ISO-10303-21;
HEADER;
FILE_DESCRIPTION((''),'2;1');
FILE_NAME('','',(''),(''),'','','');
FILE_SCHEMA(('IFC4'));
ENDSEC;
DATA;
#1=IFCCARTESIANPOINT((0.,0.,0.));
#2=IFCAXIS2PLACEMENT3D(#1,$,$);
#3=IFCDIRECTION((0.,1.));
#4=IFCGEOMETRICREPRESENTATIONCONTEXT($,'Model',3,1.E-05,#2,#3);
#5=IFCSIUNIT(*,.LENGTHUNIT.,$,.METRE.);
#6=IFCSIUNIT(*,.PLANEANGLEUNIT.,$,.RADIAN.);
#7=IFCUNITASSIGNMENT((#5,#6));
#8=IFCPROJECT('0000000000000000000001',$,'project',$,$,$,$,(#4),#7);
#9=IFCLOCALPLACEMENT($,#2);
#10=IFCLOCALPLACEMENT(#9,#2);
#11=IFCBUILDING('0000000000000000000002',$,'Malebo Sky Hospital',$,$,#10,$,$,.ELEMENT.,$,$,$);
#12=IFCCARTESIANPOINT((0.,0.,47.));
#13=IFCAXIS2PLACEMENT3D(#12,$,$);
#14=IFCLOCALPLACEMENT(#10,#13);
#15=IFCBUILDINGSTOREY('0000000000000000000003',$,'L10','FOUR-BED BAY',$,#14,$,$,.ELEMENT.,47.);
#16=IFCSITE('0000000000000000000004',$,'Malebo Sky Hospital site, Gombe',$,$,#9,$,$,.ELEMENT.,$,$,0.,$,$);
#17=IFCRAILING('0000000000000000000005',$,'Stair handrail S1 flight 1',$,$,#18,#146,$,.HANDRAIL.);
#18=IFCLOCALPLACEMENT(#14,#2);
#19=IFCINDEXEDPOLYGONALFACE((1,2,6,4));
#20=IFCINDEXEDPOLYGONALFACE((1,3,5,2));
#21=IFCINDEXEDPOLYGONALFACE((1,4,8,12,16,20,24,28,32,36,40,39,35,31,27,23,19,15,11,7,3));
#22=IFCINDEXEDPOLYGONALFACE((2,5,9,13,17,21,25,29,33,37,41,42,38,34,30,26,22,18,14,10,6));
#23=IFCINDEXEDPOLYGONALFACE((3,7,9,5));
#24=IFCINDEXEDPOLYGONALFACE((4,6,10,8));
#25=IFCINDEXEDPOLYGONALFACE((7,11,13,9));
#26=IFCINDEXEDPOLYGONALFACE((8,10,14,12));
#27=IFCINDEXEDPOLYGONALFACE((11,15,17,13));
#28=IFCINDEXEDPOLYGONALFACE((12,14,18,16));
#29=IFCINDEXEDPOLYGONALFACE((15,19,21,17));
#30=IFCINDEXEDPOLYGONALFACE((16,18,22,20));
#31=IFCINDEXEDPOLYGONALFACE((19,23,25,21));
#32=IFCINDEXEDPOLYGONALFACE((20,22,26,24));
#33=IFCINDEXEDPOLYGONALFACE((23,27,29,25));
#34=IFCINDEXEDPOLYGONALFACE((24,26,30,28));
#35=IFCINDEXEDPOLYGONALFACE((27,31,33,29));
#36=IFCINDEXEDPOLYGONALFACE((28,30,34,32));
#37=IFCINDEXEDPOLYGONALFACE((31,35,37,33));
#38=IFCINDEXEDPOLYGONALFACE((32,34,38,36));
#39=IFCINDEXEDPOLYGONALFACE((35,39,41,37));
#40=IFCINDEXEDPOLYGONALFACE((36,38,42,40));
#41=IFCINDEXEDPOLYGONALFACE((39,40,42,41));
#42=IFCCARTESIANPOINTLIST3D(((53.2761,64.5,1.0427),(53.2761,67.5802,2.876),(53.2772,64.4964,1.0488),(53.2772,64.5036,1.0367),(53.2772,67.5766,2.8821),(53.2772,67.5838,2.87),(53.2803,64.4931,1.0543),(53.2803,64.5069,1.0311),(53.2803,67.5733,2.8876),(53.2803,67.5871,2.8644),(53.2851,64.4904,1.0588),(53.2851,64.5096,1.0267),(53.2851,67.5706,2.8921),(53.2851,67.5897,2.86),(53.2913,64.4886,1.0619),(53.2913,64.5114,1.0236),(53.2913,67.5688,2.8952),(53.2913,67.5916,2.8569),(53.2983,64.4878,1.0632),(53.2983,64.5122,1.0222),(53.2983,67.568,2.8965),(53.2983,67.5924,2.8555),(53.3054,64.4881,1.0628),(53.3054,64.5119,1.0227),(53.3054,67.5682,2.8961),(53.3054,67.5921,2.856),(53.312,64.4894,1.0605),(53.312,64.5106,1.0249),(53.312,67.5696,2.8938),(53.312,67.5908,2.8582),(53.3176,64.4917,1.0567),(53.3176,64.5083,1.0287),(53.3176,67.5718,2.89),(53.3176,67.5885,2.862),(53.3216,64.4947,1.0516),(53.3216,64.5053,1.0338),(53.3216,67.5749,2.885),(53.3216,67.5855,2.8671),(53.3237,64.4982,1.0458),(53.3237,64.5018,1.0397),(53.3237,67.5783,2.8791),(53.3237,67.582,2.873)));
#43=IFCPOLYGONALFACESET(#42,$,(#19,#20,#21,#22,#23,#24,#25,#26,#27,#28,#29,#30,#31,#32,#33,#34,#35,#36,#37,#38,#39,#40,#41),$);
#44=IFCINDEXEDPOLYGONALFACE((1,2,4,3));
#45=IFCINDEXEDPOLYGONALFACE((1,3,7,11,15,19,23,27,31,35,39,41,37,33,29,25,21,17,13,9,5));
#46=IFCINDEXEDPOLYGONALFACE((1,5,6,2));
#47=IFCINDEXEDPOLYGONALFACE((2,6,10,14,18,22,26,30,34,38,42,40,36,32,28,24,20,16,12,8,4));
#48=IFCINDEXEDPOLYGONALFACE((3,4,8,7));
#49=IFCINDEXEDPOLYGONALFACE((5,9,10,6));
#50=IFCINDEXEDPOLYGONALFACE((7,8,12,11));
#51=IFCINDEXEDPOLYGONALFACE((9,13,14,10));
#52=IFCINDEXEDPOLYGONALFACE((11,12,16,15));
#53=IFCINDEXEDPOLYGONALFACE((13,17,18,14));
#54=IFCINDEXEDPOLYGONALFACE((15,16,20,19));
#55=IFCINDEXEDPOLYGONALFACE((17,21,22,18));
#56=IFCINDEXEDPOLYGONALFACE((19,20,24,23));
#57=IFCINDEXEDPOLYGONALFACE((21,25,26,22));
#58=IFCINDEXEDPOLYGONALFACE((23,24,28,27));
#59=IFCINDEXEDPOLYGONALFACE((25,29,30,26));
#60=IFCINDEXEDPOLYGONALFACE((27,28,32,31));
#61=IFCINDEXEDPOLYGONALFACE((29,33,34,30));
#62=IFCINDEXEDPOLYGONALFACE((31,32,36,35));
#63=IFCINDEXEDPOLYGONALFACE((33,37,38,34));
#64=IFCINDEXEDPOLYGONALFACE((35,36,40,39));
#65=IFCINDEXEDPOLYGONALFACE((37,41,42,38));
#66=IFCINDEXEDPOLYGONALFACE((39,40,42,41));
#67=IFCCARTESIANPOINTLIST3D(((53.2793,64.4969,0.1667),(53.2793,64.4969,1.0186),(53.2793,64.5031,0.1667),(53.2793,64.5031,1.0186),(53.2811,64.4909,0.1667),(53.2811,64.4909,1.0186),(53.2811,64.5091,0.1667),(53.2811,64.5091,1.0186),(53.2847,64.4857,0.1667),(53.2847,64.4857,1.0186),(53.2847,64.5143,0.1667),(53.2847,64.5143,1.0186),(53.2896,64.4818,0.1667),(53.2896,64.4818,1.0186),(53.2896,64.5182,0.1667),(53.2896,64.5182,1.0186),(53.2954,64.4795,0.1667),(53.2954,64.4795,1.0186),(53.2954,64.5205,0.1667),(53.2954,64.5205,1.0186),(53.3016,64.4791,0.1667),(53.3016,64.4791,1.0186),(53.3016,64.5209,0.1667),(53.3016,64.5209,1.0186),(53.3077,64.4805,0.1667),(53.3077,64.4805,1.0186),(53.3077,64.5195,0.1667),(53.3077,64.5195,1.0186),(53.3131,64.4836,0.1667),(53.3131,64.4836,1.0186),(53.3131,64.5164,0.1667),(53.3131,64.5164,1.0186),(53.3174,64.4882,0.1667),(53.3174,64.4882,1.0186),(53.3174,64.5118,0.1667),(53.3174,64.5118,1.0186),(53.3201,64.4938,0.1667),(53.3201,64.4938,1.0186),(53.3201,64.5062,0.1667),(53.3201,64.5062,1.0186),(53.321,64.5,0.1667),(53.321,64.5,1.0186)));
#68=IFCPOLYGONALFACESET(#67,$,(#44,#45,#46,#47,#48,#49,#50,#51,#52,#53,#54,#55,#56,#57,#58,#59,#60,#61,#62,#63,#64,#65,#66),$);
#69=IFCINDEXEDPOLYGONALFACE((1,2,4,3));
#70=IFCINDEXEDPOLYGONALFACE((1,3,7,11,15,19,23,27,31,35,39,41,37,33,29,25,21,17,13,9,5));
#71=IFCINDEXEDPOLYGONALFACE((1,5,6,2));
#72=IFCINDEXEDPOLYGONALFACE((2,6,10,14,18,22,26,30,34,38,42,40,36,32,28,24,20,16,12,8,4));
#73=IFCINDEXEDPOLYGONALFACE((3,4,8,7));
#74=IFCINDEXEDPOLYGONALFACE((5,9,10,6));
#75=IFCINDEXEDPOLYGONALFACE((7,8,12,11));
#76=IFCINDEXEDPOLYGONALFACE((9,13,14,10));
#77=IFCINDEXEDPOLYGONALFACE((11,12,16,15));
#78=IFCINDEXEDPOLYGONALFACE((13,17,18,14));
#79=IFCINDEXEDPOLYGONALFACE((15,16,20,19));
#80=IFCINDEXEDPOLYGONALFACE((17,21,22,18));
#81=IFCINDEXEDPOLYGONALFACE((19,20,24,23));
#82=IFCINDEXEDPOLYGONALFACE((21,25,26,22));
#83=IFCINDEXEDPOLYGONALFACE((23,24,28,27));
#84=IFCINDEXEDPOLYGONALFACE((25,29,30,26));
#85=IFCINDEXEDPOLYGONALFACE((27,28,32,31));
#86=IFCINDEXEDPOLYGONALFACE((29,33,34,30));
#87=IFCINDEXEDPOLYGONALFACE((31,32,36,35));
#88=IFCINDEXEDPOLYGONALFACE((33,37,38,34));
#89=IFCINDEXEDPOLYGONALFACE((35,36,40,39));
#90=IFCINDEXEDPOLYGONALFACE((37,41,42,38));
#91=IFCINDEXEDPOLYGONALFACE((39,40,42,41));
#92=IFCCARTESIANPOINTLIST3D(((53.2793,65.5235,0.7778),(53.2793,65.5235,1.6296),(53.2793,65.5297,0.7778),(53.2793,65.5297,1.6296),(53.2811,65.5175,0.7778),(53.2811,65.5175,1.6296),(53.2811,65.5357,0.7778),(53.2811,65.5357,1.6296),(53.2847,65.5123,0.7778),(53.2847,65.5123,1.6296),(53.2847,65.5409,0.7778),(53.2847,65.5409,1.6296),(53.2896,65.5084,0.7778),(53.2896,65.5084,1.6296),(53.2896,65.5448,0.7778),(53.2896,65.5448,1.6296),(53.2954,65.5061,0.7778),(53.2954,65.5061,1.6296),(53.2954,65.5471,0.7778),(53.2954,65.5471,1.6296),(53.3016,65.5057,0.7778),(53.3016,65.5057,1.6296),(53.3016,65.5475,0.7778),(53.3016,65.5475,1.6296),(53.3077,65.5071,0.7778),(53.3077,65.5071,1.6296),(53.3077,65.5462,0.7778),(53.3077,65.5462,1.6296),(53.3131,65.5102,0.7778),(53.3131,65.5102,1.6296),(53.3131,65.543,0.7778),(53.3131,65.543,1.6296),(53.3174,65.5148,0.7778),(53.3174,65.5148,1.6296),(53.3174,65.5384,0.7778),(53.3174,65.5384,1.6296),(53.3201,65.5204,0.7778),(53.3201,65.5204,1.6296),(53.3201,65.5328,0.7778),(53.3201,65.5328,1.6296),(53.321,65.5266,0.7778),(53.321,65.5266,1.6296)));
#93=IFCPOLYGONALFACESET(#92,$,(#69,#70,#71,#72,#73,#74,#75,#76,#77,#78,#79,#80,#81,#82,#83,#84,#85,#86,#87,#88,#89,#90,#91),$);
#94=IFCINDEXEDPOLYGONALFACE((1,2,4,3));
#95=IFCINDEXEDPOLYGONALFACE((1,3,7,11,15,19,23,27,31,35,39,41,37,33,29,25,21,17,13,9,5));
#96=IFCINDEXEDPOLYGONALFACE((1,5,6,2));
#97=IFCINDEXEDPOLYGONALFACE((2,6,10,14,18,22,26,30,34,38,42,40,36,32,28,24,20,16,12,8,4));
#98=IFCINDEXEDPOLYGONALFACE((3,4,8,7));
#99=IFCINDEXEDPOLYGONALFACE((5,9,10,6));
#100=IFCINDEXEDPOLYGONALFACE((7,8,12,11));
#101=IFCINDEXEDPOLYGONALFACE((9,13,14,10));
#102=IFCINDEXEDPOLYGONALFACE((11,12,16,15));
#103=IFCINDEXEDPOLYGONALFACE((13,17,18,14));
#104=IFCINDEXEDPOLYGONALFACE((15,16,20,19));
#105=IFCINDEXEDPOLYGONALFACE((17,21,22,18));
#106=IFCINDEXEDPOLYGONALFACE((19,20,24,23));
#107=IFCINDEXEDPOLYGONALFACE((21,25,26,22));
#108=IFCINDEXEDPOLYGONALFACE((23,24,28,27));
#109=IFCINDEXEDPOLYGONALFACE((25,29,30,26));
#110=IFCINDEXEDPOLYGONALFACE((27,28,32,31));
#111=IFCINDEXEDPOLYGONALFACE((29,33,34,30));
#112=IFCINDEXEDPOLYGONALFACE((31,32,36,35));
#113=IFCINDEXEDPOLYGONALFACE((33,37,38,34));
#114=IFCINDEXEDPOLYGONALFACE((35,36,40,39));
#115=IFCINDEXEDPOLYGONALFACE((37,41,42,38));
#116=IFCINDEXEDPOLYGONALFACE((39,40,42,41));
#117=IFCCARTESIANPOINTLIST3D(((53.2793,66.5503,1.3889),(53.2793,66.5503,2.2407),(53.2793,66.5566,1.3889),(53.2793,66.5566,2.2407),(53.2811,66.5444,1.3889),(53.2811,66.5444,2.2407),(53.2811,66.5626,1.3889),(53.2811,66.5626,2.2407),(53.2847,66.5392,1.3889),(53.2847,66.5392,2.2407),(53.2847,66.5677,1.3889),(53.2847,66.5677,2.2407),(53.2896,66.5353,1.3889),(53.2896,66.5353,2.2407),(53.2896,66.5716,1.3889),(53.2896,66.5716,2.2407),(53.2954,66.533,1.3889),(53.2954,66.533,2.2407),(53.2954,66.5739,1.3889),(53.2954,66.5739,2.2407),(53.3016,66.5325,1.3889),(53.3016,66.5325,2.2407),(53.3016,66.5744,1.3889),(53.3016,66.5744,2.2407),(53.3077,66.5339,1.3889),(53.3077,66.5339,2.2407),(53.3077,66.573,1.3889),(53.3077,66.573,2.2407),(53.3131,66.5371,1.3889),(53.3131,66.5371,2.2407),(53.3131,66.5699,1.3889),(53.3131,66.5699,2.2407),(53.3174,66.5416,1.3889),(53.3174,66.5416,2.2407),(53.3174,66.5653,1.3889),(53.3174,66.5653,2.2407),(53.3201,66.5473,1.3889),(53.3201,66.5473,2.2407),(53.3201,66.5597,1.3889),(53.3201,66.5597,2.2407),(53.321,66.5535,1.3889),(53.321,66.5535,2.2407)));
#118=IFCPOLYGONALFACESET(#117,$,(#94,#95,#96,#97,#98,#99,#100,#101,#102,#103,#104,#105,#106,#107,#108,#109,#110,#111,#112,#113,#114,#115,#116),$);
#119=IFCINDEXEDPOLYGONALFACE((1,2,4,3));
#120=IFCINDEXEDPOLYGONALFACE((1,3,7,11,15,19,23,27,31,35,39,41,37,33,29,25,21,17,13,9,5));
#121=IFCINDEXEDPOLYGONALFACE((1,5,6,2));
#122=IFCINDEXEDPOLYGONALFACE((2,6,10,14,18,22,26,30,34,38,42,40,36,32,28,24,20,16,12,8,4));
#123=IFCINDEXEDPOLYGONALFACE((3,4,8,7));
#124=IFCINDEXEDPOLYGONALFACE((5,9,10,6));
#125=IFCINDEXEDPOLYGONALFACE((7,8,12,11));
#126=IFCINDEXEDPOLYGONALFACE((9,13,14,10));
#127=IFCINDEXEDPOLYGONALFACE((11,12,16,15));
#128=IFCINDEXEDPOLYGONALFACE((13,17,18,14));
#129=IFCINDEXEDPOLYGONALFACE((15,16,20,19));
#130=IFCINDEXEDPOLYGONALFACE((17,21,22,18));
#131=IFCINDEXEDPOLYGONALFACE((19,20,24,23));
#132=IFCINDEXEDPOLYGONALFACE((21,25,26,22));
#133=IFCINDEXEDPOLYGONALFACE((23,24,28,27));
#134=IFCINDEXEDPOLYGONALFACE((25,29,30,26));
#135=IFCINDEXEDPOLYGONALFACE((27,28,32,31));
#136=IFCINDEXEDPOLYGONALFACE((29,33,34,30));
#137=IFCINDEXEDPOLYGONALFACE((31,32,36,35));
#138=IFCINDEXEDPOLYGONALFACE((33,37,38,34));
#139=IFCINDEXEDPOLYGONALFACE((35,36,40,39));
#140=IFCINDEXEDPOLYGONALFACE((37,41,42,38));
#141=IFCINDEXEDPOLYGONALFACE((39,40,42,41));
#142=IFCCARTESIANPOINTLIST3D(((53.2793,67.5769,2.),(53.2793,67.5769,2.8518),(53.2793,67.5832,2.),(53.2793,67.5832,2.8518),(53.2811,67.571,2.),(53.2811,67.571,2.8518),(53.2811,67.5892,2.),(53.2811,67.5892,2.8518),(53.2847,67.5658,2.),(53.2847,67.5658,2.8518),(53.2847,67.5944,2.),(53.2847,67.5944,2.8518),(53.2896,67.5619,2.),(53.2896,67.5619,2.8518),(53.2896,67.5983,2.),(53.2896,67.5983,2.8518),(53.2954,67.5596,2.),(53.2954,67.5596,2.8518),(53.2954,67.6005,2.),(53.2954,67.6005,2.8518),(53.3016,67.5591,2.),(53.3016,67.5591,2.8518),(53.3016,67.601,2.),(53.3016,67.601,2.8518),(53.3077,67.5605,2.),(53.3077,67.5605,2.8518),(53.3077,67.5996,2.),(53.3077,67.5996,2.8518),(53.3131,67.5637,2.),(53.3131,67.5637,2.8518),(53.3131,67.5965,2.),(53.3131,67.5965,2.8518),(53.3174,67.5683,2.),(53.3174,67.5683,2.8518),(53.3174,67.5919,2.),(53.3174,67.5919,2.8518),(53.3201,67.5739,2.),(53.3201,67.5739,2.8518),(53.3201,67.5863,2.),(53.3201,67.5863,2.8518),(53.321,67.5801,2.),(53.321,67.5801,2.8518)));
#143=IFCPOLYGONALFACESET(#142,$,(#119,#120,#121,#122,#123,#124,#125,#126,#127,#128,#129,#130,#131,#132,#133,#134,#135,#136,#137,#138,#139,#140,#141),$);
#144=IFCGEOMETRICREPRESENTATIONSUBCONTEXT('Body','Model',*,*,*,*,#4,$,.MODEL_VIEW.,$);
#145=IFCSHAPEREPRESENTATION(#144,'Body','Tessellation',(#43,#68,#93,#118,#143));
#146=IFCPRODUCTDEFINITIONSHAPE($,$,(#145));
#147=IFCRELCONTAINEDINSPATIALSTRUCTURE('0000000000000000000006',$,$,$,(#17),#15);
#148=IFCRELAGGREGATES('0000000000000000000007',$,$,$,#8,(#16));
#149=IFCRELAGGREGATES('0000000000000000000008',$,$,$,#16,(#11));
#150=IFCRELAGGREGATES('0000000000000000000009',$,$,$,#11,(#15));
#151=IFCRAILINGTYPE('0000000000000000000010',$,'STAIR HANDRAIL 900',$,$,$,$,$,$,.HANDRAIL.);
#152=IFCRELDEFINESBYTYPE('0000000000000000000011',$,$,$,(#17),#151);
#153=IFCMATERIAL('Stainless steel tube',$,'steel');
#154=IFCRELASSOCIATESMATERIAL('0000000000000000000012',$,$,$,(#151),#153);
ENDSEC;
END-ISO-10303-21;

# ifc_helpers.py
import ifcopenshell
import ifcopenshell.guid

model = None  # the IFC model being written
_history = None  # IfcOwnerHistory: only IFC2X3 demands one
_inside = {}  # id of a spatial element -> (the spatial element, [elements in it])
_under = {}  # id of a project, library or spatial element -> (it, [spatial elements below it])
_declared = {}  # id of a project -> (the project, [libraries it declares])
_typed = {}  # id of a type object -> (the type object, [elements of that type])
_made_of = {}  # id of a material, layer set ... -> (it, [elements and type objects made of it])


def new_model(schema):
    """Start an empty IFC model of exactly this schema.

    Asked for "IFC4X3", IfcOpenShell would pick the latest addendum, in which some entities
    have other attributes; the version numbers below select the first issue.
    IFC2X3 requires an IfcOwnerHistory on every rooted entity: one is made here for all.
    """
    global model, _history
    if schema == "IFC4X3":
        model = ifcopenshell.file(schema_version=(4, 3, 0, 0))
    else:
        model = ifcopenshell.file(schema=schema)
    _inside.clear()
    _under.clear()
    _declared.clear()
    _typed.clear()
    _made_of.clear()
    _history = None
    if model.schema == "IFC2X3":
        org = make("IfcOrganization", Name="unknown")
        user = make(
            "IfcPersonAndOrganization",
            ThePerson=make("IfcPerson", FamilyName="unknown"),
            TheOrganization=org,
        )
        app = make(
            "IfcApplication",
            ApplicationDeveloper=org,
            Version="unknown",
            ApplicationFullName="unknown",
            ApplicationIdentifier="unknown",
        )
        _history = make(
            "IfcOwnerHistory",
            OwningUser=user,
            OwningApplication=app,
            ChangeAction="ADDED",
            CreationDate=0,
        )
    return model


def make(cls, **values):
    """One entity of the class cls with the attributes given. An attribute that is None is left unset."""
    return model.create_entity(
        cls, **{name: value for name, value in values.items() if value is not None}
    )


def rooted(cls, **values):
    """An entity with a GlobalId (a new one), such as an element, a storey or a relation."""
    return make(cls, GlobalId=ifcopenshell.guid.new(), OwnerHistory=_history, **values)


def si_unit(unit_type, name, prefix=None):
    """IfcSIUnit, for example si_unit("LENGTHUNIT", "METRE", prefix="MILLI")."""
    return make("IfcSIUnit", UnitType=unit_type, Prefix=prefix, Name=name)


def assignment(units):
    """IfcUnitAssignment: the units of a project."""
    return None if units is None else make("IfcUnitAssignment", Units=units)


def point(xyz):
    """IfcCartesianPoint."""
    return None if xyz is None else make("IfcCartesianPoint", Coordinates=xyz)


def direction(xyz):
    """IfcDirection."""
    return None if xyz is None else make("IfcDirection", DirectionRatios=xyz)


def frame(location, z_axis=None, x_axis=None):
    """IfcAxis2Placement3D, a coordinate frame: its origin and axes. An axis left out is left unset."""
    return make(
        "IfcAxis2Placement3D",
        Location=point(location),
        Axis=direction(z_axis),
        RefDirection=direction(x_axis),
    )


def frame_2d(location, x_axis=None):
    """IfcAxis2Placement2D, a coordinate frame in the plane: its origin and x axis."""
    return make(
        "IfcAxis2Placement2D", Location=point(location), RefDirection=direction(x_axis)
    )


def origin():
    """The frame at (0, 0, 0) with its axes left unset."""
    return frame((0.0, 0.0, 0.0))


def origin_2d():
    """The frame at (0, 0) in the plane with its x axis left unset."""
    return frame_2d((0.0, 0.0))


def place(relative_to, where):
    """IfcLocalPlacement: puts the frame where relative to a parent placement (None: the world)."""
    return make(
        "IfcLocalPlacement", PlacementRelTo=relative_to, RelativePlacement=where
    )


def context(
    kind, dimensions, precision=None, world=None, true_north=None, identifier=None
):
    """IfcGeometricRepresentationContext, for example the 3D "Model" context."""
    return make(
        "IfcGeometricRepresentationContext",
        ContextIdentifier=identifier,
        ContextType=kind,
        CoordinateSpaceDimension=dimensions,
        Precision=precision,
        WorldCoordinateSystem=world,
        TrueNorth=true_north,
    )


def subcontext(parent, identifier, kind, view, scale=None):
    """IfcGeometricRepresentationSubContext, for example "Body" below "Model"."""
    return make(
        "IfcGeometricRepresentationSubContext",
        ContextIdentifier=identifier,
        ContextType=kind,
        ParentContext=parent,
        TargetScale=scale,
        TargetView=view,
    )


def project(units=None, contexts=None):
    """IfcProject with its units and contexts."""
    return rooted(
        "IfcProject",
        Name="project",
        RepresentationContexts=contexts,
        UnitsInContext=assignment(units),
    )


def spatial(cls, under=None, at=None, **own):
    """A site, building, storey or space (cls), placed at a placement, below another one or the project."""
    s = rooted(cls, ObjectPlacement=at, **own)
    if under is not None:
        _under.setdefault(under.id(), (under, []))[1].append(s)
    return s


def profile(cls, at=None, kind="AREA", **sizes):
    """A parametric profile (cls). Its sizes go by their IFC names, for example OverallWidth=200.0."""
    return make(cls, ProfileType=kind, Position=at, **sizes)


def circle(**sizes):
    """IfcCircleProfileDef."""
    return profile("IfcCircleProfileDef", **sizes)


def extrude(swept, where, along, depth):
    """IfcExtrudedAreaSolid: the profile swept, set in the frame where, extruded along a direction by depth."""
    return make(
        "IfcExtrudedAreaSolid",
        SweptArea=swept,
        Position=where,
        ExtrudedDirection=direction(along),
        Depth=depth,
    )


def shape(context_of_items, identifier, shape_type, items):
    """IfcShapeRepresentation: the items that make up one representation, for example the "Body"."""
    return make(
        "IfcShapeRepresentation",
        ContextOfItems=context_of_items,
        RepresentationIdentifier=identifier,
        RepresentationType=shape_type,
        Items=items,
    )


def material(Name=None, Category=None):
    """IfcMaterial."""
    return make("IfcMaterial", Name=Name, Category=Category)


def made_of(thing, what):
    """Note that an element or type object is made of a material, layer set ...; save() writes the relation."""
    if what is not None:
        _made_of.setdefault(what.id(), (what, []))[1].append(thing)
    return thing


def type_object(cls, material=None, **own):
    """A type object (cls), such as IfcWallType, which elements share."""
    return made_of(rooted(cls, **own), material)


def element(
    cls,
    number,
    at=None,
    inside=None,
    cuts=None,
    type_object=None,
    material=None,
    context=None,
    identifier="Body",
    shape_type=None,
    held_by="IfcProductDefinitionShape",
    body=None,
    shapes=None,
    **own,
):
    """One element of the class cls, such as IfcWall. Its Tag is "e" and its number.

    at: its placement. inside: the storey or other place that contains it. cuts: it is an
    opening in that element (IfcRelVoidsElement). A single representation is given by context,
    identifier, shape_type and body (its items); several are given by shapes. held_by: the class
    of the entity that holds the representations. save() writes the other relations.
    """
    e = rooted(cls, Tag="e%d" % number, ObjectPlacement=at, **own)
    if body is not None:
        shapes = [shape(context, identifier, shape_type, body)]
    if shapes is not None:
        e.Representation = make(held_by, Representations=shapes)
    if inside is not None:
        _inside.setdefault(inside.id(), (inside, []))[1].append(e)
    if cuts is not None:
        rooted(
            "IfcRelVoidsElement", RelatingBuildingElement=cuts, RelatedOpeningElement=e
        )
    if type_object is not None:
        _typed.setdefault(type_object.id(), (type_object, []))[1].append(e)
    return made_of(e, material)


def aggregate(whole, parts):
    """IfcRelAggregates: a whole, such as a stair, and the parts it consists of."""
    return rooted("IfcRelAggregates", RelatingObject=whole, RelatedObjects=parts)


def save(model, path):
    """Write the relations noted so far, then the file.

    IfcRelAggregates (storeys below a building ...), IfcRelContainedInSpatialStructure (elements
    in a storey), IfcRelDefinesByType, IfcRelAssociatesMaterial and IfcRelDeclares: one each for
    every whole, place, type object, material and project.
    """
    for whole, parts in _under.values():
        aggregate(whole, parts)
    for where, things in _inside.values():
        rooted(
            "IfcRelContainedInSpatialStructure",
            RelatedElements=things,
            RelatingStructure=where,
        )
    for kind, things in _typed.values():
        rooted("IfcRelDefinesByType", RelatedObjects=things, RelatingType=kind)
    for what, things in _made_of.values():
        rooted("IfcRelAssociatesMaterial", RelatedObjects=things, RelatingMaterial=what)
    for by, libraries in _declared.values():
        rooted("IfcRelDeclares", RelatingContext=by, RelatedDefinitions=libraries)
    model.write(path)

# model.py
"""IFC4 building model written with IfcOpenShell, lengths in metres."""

from ifc_helpers import new_model, si_unit, direction, frame, origin, origin_2d, place, context, subcontext, project, spatial, circle, extrude, material, type_object, element, save


model = new_model("IFC4")

# Units and contexts
model_context = context("Model", 3, precision=1e-05, world=origin(), true_north=direction((0.0, 1.0)))
body_context = subcontext(model_context, "Body", "Model", "MODEL_VIEW")
ifc_project = project(units=[si_unit("LENGTHUNIT", "METRE"), si_unit("PLANEANGLEUNIT", "RADIAN")], contexts=[model_context])

# Site, building, storey
site_placement = place(None, origin())
site = spatial("IfcSite", under=ifc_project, at=site_placement, Name="Malebo Sky Hospital site, Gombe", CompositionType="ELEMENT", RefElevation=0.0)
building_placement = place(site_placement, origin())
building = spatial("IfcBuilding", under=site, at=building_placement, Name="Malebo Sky Hospital", CompositionType="ELEMENT")
storey_placement = place(building_placement, frame((0.0, 0.0, 47.0)))
storey = spatial("IfcBuildingStorey", under=building, at=storey_placement, Name="L10", Description="FOUR-BED BAY", CompositionType="ELEMENT", Elevation=47.0)

# Railing
ifc_material_1 = material(Name="Stainless steel tube", Category="steel")
railing_type = type_object("IfcRailingType", Name="STAIR HANDRAIL 900", PredefinedType="HANDRAIL", material=ifc_material_1)
railing_1_placement = place(storey_placement, frame((53.3, 64.5, 0.1667)))
element("IfcRailing", 1, at=railing_1_placement, inside=storey, type_object=railing_type, Name="Stair handrail S1 flight 1", PredefinedType="HANDRAIL", context=body_context, shape_type="SweptSolid", body=[
    extrude(circle(Radius=0.0239, at=origin_2d()), frame((0.0, 0.0, 0.876), z_axis=(0.0, 0.859309, 0.511458), x_axis=(-1.0, 0.0, 0.0)), (0.0, 0.0, 1.0), 3.5845),
    extrude(circle(Radius=0.021, at=origin_2d()), origin(), (0.0, 0.0, 1.0), 0.8518),
    extrude(circle(Radius=0.021, at=origin_2d()), frame((0.0, 1.0266, 0.6111)), (0.0, 0.0, 1.0), 0.8518),
    extrude(circle(Radius=0.021, at=origin_2d()), frame((0.0, 2.0535, 1.2222)), (0.0, 0.0, 1.0), 0.8518),
    extrude(circle(Radius=0.021, at=origin_2d()), frame((0.0, 3.0801, 1.8333)), (0.0, 0.0, 1.0), 0.8518),
])

save(model, "model.ifc")
